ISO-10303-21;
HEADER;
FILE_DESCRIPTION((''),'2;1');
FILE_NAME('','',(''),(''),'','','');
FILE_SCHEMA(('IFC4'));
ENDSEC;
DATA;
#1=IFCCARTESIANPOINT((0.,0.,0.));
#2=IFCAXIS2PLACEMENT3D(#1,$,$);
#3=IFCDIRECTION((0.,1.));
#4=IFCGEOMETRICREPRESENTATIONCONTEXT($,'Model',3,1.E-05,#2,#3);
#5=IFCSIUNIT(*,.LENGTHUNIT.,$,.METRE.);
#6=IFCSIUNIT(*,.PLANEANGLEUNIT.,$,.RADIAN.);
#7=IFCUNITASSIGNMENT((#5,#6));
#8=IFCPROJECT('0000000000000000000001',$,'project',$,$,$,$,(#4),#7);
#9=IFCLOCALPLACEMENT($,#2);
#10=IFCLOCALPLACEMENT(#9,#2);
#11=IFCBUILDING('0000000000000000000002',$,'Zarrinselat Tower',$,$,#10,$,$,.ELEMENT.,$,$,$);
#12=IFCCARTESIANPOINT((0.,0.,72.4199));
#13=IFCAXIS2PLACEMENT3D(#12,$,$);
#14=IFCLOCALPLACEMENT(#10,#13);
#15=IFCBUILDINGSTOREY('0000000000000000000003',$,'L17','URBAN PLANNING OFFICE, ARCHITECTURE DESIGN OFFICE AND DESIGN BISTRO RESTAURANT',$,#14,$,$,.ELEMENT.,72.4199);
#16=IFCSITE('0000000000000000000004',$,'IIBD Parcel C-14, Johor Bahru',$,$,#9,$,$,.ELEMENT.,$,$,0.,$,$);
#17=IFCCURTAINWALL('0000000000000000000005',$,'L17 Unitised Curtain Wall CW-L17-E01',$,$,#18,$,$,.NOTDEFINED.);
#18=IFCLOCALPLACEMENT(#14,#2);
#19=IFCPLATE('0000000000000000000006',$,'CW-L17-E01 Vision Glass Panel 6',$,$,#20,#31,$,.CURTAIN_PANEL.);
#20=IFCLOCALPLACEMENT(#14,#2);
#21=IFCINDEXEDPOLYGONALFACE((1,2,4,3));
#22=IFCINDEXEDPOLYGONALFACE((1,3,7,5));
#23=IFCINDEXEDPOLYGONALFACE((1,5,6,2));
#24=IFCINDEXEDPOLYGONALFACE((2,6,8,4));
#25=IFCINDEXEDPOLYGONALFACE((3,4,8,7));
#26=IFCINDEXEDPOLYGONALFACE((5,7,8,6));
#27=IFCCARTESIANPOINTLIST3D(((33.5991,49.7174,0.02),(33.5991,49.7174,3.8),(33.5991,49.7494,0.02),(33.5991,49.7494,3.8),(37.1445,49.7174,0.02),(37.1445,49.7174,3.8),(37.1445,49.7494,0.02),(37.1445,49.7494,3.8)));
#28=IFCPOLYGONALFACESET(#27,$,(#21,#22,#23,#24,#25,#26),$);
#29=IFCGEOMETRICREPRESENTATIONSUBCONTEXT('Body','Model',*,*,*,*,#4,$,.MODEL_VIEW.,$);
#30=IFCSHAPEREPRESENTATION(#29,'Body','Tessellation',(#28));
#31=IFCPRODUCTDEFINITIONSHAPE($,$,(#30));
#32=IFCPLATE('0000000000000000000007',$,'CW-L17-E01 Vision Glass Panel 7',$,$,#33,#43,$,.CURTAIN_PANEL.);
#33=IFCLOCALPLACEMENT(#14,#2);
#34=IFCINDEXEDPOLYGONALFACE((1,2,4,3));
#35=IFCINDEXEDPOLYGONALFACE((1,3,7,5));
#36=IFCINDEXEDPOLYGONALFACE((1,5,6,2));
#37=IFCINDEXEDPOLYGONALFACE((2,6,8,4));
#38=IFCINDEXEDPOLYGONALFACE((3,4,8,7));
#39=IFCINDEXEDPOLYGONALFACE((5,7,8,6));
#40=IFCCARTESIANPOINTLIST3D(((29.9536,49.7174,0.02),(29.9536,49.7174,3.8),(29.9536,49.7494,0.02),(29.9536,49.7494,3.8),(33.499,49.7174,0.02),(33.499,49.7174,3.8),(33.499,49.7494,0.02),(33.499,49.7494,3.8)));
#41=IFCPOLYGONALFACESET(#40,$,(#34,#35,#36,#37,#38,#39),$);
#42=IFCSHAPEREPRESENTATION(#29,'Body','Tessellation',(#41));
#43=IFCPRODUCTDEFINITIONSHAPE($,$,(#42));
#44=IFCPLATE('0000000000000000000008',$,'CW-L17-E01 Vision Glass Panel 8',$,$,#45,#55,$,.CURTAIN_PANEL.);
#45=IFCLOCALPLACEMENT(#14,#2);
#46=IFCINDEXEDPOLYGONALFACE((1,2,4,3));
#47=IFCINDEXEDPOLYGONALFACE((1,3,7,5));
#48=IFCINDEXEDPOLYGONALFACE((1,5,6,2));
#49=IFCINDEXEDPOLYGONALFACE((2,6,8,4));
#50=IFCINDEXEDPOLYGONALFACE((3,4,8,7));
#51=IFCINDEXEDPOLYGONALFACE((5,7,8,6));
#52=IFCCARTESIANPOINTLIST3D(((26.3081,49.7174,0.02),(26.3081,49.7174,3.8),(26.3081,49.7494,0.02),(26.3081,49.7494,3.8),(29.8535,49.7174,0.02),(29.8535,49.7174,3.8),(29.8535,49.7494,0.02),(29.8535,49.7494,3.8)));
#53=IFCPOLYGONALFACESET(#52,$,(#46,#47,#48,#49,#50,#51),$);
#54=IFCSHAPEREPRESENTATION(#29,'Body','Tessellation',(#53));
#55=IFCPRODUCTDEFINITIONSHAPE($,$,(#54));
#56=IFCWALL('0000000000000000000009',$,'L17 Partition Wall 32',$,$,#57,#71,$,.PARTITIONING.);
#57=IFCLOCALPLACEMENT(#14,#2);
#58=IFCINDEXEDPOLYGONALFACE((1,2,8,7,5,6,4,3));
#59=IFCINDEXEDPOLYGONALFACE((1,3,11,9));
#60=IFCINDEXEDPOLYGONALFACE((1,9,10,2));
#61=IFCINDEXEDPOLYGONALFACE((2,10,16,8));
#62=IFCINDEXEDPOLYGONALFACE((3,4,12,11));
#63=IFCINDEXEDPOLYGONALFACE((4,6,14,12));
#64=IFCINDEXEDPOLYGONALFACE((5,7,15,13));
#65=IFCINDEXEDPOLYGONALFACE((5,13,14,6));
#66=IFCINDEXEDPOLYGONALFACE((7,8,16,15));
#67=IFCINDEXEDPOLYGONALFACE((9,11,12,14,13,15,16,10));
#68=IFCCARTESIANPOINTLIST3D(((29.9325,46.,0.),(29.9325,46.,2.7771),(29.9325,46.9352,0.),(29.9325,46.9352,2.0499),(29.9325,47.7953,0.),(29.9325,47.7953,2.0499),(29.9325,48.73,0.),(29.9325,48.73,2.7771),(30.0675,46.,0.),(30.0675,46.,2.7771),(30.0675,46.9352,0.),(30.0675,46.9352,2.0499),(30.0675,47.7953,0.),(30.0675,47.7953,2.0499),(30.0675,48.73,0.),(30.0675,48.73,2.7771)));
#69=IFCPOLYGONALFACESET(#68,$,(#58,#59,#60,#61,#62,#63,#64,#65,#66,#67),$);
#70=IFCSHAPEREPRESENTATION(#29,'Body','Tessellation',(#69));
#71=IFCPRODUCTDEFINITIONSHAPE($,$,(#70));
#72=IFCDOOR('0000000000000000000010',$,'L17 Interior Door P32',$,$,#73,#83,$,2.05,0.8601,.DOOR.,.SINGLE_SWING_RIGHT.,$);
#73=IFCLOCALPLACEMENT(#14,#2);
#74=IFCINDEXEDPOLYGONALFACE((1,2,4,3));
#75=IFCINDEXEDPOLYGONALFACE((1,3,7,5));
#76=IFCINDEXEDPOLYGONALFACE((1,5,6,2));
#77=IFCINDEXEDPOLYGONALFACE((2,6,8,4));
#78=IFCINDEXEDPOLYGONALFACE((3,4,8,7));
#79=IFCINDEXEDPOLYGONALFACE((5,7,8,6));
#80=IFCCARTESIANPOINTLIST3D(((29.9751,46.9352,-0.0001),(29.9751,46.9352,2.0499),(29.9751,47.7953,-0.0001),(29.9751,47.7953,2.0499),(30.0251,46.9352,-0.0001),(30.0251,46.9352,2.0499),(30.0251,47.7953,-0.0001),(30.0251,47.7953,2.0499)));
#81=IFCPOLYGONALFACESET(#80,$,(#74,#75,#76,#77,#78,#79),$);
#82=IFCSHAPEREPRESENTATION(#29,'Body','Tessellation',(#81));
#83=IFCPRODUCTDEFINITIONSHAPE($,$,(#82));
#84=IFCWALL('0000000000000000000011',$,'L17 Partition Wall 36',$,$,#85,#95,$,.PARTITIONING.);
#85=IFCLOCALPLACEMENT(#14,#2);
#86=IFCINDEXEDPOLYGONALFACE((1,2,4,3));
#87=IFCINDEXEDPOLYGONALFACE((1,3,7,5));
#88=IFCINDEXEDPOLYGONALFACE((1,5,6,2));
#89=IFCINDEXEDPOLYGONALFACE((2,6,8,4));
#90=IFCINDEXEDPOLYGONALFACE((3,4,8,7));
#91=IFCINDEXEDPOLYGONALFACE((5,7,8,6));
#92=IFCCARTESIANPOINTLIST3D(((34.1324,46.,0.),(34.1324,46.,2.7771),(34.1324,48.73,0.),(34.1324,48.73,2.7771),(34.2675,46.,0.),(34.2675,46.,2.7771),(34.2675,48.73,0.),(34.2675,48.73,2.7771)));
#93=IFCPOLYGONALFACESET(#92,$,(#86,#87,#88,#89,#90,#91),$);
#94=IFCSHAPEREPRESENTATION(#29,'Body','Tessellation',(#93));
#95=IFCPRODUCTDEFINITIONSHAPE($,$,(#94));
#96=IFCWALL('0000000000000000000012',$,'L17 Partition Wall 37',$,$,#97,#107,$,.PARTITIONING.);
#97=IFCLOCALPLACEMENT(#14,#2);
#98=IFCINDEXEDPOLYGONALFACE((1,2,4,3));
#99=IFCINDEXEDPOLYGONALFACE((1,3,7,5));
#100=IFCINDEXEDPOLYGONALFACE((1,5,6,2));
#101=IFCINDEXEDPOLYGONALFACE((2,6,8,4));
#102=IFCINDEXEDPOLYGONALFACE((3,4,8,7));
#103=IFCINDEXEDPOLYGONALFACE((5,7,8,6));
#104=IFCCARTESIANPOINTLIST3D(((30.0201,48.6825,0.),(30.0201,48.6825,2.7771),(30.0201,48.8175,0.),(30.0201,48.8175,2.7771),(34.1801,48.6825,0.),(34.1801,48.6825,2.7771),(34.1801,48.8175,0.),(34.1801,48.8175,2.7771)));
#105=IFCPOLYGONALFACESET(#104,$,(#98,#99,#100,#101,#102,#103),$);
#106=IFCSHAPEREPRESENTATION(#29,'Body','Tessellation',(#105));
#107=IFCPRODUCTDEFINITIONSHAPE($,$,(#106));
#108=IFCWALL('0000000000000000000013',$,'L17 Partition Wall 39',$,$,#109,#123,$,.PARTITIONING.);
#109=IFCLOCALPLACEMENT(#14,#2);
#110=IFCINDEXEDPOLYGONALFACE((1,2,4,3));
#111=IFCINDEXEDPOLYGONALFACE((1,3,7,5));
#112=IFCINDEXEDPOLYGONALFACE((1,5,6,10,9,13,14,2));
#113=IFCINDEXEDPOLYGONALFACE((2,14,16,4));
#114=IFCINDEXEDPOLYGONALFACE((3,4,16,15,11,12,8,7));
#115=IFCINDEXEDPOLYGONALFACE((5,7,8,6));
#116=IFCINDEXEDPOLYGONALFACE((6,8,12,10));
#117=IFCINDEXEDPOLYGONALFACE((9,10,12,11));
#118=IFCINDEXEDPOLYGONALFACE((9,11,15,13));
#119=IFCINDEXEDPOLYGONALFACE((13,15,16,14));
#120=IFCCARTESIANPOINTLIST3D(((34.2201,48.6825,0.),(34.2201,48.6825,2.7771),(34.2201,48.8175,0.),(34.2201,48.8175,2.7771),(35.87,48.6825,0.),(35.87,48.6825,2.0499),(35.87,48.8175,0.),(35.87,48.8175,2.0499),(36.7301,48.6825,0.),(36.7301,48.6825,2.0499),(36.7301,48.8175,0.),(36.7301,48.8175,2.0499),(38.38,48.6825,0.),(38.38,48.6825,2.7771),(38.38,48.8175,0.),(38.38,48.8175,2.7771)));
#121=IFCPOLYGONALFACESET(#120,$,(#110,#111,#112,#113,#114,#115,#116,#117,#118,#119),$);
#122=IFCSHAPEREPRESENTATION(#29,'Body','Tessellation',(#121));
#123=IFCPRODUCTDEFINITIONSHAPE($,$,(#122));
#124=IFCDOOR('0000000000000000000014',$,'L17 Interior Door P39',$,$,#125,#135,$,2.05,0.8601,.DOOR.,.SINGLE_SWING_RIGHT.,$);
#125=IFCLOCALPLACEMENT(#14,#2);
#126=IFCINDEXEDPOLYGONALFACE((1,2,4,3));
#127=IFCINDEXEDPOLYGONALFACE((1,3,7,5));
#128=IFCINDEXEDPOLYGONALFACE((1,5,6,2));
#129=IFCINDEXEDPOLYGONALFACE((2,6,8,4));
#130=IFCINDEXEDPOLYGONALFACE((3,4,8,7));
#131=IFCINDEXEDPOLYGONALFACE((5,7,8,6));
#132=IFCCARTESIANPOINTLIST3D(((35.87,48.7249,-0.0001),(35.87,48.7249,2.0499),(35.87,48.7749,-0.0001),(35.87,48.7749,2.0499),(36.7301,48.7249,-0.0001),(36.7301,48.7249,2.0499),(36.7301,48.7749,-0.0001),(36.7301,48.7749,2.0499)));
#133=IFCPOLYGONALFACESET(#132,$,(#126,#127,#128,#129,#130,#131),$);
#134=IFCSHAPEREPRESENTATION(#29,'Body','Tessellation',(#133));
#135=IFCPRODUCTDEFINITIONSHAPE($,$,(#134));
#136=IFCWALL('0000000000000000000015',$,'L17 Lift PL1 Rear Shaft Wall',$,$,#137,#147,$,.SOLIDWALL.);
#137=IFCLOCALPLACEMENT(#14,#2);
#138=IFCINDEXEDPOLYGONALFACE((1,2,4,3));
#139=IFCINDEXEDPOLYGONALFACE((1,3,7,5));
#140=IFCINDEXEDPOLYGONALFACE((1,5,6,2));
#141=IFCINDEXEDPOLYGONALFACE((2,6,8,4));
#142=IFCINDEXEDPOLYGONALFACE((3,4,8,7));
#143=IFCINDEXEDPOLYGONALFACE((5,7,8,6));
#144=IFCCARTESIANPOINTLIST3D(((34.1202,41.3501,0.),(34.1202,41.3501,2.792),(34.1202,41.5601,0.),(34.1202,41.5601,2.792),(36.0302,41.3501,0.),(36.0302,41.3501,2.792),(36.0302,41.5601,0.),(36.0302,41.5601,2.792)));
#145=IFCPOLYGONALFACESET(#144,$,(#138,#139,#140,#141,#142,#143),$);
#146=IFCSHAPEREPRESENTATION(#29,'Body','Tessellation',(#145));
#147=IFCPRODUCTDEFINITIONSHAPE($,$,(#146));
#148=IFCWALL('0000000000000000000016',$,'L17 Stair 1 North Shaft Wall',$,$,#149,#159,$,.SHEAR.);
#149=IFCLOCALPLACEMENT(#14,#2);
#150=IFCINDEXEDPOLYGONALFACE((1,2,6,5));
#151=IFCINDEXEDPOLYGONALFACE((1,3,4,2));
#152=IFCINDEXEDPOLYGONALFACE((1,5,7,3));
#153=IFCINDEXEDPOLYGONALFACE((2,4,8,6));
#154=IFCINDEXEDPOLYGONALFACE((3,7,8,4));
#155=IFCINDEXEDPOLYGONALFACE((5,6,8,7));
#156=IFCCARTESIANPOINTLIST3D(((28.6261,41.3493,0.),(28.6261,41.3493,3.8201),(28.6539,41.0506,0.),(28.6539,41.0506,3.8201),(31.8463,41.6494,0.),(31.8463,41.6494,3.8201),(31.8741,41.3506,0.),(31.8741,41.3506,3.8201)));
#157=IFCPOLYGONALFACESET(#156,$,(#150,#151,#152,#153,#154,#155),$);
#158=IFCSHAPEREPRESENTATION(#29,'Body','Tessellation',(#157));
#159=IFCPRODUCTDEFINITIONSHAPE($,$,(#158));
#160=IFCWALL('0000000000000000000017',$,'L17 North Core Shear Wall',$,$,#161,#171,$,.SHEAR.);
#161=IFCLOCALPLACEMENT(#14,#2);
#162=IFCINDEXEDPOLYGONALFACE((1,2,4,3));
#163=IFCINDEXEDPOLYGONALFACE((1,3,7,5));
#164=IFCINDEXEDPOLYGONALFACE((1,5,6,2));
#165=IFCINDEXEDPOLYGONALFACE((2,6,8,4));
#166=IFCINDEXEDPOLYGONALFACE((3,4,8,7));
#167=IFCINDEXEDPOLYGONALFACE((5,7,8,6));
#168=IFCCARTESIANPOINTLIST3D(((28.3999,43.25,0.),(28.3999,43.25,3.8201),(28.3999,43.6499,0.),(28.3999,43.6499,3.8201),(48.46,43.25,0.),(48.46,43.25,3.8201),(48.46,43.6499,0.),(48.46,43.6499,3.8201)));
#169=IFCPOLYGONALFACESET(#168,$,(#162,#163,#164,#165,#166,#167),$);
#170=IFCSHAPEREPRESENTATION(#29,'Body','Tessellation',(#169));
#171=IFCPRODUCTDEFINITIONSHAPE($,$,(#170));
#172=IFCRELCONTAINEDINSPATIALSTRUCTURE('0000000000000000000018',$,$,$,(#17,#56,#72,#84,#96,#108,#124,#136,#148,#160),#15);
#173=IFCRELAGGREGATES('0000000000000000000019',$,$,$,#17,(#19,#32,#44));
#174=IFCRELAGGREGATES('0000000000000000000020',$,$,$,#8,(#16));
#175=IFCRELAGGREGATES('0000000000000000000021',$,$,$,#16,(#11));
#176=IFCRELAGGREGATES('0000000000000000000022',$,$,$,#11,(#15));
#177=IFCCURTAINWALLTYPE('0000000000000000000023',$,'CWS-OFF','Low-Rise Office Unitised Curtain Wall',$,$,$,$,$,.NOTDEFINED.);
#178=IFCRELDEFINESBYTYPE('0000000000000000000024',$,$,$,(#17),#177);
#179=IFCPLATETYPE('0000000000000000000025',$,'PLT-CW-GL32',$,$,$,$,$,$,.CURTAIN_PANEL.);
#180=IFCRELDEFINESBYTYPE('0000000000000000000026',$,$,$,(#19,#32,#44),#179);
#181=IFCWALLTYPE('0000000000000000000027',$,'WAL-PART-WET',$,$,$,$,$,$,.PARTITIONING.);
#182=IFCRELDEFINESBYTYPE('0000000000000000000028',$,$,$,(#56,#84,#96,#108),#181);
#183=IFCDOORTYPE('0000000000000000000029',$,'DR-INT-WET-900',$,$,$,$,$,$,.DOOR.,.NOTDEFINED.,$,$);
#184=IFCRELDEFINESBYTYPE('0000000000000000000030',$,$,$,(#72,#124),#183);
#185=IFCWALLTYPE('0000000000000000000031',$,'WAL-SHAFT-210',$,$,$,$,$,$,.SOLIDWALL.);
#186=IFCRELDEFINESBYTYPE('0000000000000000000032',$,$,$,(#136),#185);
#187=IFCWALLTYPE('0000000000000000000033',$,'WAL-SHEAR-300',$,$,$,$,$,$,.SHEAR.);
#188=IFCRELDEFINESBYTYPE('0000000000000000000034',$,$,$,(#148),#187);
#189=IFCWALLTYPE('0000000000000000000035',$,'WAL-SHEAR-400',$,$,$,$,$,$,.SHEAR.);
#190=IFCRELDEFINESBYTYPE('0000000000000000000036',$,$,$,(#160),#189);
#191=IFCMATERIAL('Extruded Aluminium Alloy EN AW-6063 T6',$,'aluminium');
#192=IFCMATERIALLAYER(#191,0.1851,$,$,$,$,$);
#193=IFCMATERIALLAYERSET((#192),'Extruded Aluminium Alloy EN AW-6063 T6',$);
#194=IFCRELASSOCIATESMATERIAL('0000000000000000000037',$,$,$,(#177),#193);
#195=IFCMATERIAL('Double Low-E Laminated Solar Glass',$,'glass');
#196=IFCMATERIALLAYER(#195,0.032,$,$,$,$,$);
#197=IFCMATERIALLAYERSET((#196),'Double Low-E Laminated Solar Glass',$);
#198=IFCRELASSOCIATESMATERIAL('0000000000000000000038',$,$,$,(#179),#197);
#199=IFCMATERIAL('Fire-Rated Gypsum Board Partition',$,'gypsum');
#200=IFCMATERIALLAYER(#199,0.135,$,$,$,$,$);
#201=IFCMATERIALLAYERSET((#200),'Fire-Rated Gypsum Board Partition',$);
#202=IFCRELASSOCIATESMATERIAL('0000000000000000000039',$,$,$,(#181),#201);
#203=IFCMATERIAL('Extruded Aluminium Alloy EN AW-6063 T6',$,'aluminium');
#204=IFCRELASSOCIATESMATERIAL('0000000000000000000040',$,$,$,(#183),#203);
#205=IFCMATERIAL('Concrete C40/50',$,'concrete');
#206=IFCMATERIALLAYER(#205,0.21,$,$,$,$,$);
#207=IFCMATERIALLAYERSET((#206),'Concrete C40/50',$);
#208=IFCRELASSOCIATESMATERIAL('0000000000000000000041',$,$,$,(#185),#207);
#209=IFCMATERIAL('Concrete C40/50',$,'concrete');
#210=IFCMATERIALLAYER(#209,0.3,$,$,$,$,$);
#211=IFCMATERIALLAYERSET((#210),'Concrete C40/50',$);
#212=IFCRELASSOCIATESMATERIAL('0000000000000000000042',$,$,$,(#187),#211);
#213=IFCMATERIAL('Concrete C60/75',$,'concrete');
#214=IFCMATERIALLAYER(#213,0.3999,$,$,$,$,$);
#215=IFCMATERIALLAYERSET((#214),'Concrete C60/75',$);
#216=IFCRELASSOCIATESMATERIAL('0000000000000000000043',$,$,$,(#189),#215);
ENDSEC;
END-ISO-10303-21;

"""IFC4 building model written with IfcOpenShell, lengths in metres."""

from ifc_helpers import new_model, si_unit, direction, frame, frame_2d, origin, origin_2d, place, context, subcontext, project, spatial, rectangle, extrude, material, layer, layer_set, type_object, element, fill, aggregate, save


model = new_model("IFC4")

# Units and contexts
model_context = context("Model", 3, precision=1e-05, world=origin(), true_north=direction((0.0, 1.0)))
body_context = subcontext(model_context, "Body", "Model", "MODEL_VIEW")
ifc_project = project(units=[si_unit("LENGTHUNIT", "METRE"), si_unit("PLANEANGLEUNIT", "RADIAN")], contexts=[model_context])

# Site, building, storey
site_placement = place(None, origin())
site = spatial("IfcSite", under=ifc_project, at=site_placement, Name="IIBD Parcel C-14, Johor Bahru", CompositionType="ELEMENT", RefElevation=0.0)
building_placement = place(site_placement, origin())
building = spatial("IfcBuilding", under=site, at=building_placement, Name="Zarrinselat Tower", CompositionType="ELEMENT")
storey_placement = place(building_placement, frame((0.0, 0.0, 72.4199)))
storey = spatial("IfcBuildingStorey", under=building, at=storey_placement, Name="L17", Description="URBAN PLANNING OFFICE, ARCHITECTURE DESIGN OFFICE AND DESIGN BISTRO RESTAURANT", CompositionType="ELEMENT", Elevation=72.4199)

# Curtain wall, plates
ifc_material_1 = material(Name="Extruded Aluminium Alloy EN AW-6063 T6", Category="aluminium")
ifc_layer_1 = layer(ifc_material_1, 0.1851)
ifc_layer_set_1 = layer_set([ifc_layer_1], Name="Extruded Aluminium Alloy EN AW-6063 T6")
curtain_wall_type = type_object("IfcCurtainWallType", Name="CWS-OFF", Description="Low-Rise Office Unitised Curtain Wall", PredefinedType="NOTDEFINED", material=ifc_layer_set_1)
curtain_wall_placement = place(storey_placement, origin())
curtain_wall = element("IfcCurtainWall", 1, at=curtain_wall_placement, inside=storey, type_object=curtain_wall_type, Name="L17 Unitised Curtain Wall CW-L17-E01", PredefinedType="NOTDEFINED")
ifc_material_2 = material(Name="Double Low-E Laminated Solar Glass", Category="glass")
ifc_layer_2 = layer(ifc_material_2, 0.032)
ifc_layer_set_2 = layer_set([ifc_layer_2], Name="Double Low-E Laminated Solar Glass")
plate_type = type_object("IfcPlateType", Name="PLT-CW-GL32", PredefinedType="CURTAIN_PANEL", material=ifc_layer_set_2)
plate_1_placement = place(storey_placement, frame((35.3718, 49.7334, 0.02), z_axis=(0.0, 0.0, 1.0), x_axis=(-1.0, 0.0, 0.0)))
plate_1 = element("IfcPlate", 2, at=plate_1_placement, type_object=plate_type, Name="CW-L17-E01 Vision Glass Panel 6", PredefinedType="CURTAIN_PANEL", context=body_context, shape_type="SweptSolid", body=[
    extrude(rectangle(XDim=3.5454, YDim=0.032, at=origin_2d()), origin(), (0.0, 0.0, 1.0), 3.78),
])
plate_2_placement = place(storey_placement, frame((31.7263, 49.7334, 0.02), z_axis=(0.0, 0.0, 1.0), x_axis=(-1.0, 0.0, 0.0)))
plate_2 = element("IfcPlate", 3, at=plate_2_placement, type_object=plate_type, Name="CW-L17-E01 Vision Glass Panel 7", PredefinedType="CURTAIN_PANEL", context=body_context, shape_type="SweptSolid", body=[
    extrude(rectangle(XDim=3.5454, YDim=0.032, at=origin_2d()), origin(), (0.0, 0.0, 1.0), 3.78),
])
plate_3_placement = place(storey_placement, frame((28.0808, 49.7334, 0.02), z_axis=(0.0, 0.0, 1.0), x_axis=(-1.0, 0.0, 0.0)))
plate_3 = element("IfcPlate", 4, at=plate_3_placement, type_object=plate_type, Name="CW-L17-E01 Vision Glass Panel 8", PredefinedType="CURTAIN_PANEL", context=body_context, shape_type="SweptSolid", body=[
    extrude(rectangle(XDim=3.5454, YDim=0.032, at=origin_2d()), origin(), (0.0, 0.0, 1.0), 3.78),
])
aggregate(curtain_wall, [plate_1, plate_2, plate_3])

# Wall, opening, door
ifc_material_3 = material(Name="Fire-Rated Gypsum Board Partition", Category="gypsum")
ifc_layer_3 = layer(ifc_material_3, 0.135)
ifc_layer_set_3 = layer_set([ifc_layer_3], Name="Fire-Rated Gypsum Board Partition")
wall_type_1 = type_object("IfcWallType", Name="WAL-PART-WET", PredefinedType="PARTITIONING", material=ifc_layer_set_3)
wall_1_placement = place(storey_placement, frame((30.0, 46.0, 0.0), z_axis=(0.0, 0.0, 1.0), x_axis=(0.0, 1.0, 0.0)))
wall_1 = element("IfcWall", 5, at=wall_1_placement, inside=storey, type_object=wall_type_1, Name="L17 Partition Wall 32", PredefinedType="PARTITIONING", context=body_context, shape_type="SweptSolid", body=[
    extrude(rectangle(XDim=2.73, YDim=0.135, at=frame_2d((1.365, 0.0))), origin(), (0.0, 0.0, 1.0), 2.7771),
])
opening_1_placement = place(wall_1_placement, frame((0.9351, 0.0, 0.0)))
opening_1 = element("IfcOpeningElement", 6, at=opening_1_placement, cuts=wall_1, PredefinedType="OPENING", context=body_context, shape_type="SweptSolid", body=[
    extrude(rectangle(XDim=0.8601, YDim=2.05, at=frame_2d((0.4302, 1.0249))), frame((0.0, 0.0774, 0.0), z_axis=(0.0, -1.0, 0.0), x_axis=(1.0, 0.0, 0.0)), (0.0, 0.0, 1.0), 0.155),
])
ifc_material_4 = material(Name="Extruded Aluminium Alloy EN AW-6063 T6", Category="aluminium")
door_type = type_object("IfcDoorType", Name="DR-INT-WET-900", OperationType="NOTDEFINED", PredefinedType="DOOR", material=ifc_material_4)
door_1_placement = place(opening_1_placement, origin())
door_1 = element("IfcDoor", 7, at=door_1_placement, inside=storey, type_object=door_type, Name="L17 Interior Door P32", OperationType="SINGLE_SWING_RIGHT", OverallHeight=2.05, OverallWidth=0.8601, PredefinedType="DOOR", context=body_context, shape_type="SweptSolid", body=[
    extrude(rectangle(XDim=0.8601, YDim=2.05, at=frame_2d((0.4302, 1.0249))), frame((0.0, 0.0249, 0.0), z_axis=(0.0, -1.0, 0.0), x_axis=(1.0, 0.0, 0.0)), (0.0, 0.0, 1.0), 0.05),
])
fill(opening_1, door_1)

# Walls
wall_2_placement = place(storey_placement, frame((34.2, 46.0, 0.0), z_axis=(0.0, 0.0, 1.0), x_axis=(0.0, 1.0, 0.0)))
element("IfcWall", 8, at=wall_2_placement, inside=storey, type_object=wall_type_1, Name="L17 Partition Wall 36", PredefinedType="PARTITIONING", context=body_context, shape_type="SweptSolid", body=[
    extrude(rectangle(XDim=2.73, YDim=0.135, at=frame_2d((1.365, 0.0))), origin(), (0.0, 0.0, 1.0), 2.7771),
])
wall_3_placement = place(storey_placement, frame((30.02, 48.75, 0.0), z_axis=(0.0, 0.0, 1.0), x_axis=(1.0, 0.0, 0.0)))
element("IfcWall", 9, at=wall_3_placement, inside=storey, type_object=wall_type_1, Name="L17 Partition Wall 37", PredefinedType="PARTITIONING", context=body_context, shape_type="SweptSolid", body=[
    extrude(rectangle(XDim=4.1599, YDim=0.135, at=frame_2d((2.0801, 0.0))), origin(), (0.0, 0.0, 1.0), 2.7771),
])

# Wall, opening, door
wall_4_placement = place(storey_placement, frame((34.22, 48.75, 0.0), z_axis=(0.0, 0.0, 1.0), x_axis=(1.0, 0.0, 0.0)))
wall_4 = element("IfcWall", 10, at=wall_4_placement, inside=storey, type_object=wall_type_1, Name="L17 Partition Wall 39", PredefinedType="PARTITIONING", context=body_context, shape_type="SweptSolid", body=[
    extrude(rectangle(XDim=4.1599, YDim=0.135, at=frame_2d((2.0801, 0.0))), origin(), (0.0, 0.0, 1.0), 2.7771),
])
opening_2_placement = place(wall_4_placement, frame((1.6499, 0.0, 0.0)))
opening_2 = element("IfcOpeningElement", 11, at=opening_2_placement, cuts=wall_4, PredefinedType="OPENING", context=body_context, shape_type="SweptSolid", body=[
    extrude(rectangle(XDim=0.8601, YDim=2.05, at=frame_2d((0.4302, 1.0249))), frame((0.0, 0.0774, 0.0), z_axis=(0.0, -1.0, 0.0), x_axis=(1.0, 0.0, 0.0)), (0.0, 0.0, 1.0), 0.155),
])
door_2_placement = place(opening_2_placement, origin())
door_2 = element("IfcDoor", 12, at=door_2_placement, inside=storey, type_object=door_type, Name="L17 Interior Door P39", OperationType="SINGLE_SWING_RIGHT", OverallHeight=2.05, OverallWidth=0.8601, PredefinedType="DOOR", context=body_context, shape_type="SweptSolid", body=[
    extrude(rectangle(XDim=0.8601, YDim=2.05, at=frame_2d((0.4302, 1.0249))), frame((0.0, 0.0249, 0.0), z_axis=(0.0, -1.0, 0.0), x_axis=(1.0, 0.0, 0.0)), (0.0, 0.0, 1.0), 0.05),
])
fill(opening_2, door_2)

# Walls
ifc_material_5 = material(Name="Concrete C40/50", Category="concrete")
ifc_layer_4 = layer(ifc_material_5, 0.21)
ifc_layer_set_4 = layer_set([ifc_layer_4], Name="Concrete C40/50")
wall_type_2 = type_object("IfcWallType", Name="WAL-SHAFT-210", PredefinedType="SOLIDWALL", material=ifc_layer_set_4)
wall_5_placement = place(storey_placement, frame((34.1201, 41.4551, 0.0), z_axis=(0.0, 0.0, 1.0), x_axis=(1.0, 0.0, 0.0)))
element("IfcWall", 13, at=wall_5_placement, inside=storey, type_object=wall_type_2, Name="L17 Lift PL1 Rear Shaft Wall", PredefinedType="SOLIDWALL", context=body_context, shape_type="SweptSolid", body=[
    extrude(rectangle(XDim=1.9099, YDim=0.21, at=frame_2d((0.9551, 0.0))), origin(), (0.0, 0.0, 1.0), 2.792),
])
ifc_material_6 = material(Name="Concrete C40/50", Category="concrete")
ifc_layer_5 = layer(ifc_material_6, 0.3)
ifc_layer_set_5 = layer_set([ifc_layer_5], Name="Concrete C40/50")
wall_type_3 = type_object("IfcWallType", Name="WAL-SHEAR-300", PredefinedType="SHEAR", material=ifc_layer_set_5)
wall_6_placement = place(storey_placement, frame((28.6399, 41.2, 0.0), z_axis=(0.0, 0.0, 1.0), x_axis=(0.995687, 0.092775, 0.0)))
element("IfcWall", 14, at=wall_6_placement, inside=storey, type_object=wall_type_3, Name="L17 Stair 1 North Shaft Wall", PredefinedType="SHEAR", context=body_context, shape_type="SweptSolid", body=[
    extrude(rectangle(XDim=3.2341, YDim=0.3, at=frame_2d((1.6172, 0.0))), origin(), (0.0, 0.0, 1.0), 3.8201),
])
ifc_material_7 = material(Name="Concrete C60/75", Category="concrete")
ifc_layer_6 = layer(ifc_material_7, 0.3999)
ifc_layer_set_6 = layer_set([ifc_layer_6], Name="Concrete C60/75")
wall_type_4 = type_object("IfcWallType", Name="WAL-SHEAR-400", PredefinedType="SHEAR", material=ifc_layer_set_6)
wall_7_placement = place(storey_placement, frame((28.3999, 43.45, 0.0), z_axis=(0.0, 0.0, 1.0), x_axis=(1.0, 0.0, 0.0)))
element("IfcWall", 15, at=wall_7_placement, inside=storey, type_object=wall_type_4, Name="L17 North Core Shear Wall", PredefinedType="SHEAR", context=body_context, shape_type="SweptSolid", body=[
    extrude(rectangle(XDim=20.0601, YDim=0.3999, at=frame_2d((10.03, 0.0))), origin(), (0.0, 0.0, 1.0), 3.8201),
])

save(model, "model.ifc")
